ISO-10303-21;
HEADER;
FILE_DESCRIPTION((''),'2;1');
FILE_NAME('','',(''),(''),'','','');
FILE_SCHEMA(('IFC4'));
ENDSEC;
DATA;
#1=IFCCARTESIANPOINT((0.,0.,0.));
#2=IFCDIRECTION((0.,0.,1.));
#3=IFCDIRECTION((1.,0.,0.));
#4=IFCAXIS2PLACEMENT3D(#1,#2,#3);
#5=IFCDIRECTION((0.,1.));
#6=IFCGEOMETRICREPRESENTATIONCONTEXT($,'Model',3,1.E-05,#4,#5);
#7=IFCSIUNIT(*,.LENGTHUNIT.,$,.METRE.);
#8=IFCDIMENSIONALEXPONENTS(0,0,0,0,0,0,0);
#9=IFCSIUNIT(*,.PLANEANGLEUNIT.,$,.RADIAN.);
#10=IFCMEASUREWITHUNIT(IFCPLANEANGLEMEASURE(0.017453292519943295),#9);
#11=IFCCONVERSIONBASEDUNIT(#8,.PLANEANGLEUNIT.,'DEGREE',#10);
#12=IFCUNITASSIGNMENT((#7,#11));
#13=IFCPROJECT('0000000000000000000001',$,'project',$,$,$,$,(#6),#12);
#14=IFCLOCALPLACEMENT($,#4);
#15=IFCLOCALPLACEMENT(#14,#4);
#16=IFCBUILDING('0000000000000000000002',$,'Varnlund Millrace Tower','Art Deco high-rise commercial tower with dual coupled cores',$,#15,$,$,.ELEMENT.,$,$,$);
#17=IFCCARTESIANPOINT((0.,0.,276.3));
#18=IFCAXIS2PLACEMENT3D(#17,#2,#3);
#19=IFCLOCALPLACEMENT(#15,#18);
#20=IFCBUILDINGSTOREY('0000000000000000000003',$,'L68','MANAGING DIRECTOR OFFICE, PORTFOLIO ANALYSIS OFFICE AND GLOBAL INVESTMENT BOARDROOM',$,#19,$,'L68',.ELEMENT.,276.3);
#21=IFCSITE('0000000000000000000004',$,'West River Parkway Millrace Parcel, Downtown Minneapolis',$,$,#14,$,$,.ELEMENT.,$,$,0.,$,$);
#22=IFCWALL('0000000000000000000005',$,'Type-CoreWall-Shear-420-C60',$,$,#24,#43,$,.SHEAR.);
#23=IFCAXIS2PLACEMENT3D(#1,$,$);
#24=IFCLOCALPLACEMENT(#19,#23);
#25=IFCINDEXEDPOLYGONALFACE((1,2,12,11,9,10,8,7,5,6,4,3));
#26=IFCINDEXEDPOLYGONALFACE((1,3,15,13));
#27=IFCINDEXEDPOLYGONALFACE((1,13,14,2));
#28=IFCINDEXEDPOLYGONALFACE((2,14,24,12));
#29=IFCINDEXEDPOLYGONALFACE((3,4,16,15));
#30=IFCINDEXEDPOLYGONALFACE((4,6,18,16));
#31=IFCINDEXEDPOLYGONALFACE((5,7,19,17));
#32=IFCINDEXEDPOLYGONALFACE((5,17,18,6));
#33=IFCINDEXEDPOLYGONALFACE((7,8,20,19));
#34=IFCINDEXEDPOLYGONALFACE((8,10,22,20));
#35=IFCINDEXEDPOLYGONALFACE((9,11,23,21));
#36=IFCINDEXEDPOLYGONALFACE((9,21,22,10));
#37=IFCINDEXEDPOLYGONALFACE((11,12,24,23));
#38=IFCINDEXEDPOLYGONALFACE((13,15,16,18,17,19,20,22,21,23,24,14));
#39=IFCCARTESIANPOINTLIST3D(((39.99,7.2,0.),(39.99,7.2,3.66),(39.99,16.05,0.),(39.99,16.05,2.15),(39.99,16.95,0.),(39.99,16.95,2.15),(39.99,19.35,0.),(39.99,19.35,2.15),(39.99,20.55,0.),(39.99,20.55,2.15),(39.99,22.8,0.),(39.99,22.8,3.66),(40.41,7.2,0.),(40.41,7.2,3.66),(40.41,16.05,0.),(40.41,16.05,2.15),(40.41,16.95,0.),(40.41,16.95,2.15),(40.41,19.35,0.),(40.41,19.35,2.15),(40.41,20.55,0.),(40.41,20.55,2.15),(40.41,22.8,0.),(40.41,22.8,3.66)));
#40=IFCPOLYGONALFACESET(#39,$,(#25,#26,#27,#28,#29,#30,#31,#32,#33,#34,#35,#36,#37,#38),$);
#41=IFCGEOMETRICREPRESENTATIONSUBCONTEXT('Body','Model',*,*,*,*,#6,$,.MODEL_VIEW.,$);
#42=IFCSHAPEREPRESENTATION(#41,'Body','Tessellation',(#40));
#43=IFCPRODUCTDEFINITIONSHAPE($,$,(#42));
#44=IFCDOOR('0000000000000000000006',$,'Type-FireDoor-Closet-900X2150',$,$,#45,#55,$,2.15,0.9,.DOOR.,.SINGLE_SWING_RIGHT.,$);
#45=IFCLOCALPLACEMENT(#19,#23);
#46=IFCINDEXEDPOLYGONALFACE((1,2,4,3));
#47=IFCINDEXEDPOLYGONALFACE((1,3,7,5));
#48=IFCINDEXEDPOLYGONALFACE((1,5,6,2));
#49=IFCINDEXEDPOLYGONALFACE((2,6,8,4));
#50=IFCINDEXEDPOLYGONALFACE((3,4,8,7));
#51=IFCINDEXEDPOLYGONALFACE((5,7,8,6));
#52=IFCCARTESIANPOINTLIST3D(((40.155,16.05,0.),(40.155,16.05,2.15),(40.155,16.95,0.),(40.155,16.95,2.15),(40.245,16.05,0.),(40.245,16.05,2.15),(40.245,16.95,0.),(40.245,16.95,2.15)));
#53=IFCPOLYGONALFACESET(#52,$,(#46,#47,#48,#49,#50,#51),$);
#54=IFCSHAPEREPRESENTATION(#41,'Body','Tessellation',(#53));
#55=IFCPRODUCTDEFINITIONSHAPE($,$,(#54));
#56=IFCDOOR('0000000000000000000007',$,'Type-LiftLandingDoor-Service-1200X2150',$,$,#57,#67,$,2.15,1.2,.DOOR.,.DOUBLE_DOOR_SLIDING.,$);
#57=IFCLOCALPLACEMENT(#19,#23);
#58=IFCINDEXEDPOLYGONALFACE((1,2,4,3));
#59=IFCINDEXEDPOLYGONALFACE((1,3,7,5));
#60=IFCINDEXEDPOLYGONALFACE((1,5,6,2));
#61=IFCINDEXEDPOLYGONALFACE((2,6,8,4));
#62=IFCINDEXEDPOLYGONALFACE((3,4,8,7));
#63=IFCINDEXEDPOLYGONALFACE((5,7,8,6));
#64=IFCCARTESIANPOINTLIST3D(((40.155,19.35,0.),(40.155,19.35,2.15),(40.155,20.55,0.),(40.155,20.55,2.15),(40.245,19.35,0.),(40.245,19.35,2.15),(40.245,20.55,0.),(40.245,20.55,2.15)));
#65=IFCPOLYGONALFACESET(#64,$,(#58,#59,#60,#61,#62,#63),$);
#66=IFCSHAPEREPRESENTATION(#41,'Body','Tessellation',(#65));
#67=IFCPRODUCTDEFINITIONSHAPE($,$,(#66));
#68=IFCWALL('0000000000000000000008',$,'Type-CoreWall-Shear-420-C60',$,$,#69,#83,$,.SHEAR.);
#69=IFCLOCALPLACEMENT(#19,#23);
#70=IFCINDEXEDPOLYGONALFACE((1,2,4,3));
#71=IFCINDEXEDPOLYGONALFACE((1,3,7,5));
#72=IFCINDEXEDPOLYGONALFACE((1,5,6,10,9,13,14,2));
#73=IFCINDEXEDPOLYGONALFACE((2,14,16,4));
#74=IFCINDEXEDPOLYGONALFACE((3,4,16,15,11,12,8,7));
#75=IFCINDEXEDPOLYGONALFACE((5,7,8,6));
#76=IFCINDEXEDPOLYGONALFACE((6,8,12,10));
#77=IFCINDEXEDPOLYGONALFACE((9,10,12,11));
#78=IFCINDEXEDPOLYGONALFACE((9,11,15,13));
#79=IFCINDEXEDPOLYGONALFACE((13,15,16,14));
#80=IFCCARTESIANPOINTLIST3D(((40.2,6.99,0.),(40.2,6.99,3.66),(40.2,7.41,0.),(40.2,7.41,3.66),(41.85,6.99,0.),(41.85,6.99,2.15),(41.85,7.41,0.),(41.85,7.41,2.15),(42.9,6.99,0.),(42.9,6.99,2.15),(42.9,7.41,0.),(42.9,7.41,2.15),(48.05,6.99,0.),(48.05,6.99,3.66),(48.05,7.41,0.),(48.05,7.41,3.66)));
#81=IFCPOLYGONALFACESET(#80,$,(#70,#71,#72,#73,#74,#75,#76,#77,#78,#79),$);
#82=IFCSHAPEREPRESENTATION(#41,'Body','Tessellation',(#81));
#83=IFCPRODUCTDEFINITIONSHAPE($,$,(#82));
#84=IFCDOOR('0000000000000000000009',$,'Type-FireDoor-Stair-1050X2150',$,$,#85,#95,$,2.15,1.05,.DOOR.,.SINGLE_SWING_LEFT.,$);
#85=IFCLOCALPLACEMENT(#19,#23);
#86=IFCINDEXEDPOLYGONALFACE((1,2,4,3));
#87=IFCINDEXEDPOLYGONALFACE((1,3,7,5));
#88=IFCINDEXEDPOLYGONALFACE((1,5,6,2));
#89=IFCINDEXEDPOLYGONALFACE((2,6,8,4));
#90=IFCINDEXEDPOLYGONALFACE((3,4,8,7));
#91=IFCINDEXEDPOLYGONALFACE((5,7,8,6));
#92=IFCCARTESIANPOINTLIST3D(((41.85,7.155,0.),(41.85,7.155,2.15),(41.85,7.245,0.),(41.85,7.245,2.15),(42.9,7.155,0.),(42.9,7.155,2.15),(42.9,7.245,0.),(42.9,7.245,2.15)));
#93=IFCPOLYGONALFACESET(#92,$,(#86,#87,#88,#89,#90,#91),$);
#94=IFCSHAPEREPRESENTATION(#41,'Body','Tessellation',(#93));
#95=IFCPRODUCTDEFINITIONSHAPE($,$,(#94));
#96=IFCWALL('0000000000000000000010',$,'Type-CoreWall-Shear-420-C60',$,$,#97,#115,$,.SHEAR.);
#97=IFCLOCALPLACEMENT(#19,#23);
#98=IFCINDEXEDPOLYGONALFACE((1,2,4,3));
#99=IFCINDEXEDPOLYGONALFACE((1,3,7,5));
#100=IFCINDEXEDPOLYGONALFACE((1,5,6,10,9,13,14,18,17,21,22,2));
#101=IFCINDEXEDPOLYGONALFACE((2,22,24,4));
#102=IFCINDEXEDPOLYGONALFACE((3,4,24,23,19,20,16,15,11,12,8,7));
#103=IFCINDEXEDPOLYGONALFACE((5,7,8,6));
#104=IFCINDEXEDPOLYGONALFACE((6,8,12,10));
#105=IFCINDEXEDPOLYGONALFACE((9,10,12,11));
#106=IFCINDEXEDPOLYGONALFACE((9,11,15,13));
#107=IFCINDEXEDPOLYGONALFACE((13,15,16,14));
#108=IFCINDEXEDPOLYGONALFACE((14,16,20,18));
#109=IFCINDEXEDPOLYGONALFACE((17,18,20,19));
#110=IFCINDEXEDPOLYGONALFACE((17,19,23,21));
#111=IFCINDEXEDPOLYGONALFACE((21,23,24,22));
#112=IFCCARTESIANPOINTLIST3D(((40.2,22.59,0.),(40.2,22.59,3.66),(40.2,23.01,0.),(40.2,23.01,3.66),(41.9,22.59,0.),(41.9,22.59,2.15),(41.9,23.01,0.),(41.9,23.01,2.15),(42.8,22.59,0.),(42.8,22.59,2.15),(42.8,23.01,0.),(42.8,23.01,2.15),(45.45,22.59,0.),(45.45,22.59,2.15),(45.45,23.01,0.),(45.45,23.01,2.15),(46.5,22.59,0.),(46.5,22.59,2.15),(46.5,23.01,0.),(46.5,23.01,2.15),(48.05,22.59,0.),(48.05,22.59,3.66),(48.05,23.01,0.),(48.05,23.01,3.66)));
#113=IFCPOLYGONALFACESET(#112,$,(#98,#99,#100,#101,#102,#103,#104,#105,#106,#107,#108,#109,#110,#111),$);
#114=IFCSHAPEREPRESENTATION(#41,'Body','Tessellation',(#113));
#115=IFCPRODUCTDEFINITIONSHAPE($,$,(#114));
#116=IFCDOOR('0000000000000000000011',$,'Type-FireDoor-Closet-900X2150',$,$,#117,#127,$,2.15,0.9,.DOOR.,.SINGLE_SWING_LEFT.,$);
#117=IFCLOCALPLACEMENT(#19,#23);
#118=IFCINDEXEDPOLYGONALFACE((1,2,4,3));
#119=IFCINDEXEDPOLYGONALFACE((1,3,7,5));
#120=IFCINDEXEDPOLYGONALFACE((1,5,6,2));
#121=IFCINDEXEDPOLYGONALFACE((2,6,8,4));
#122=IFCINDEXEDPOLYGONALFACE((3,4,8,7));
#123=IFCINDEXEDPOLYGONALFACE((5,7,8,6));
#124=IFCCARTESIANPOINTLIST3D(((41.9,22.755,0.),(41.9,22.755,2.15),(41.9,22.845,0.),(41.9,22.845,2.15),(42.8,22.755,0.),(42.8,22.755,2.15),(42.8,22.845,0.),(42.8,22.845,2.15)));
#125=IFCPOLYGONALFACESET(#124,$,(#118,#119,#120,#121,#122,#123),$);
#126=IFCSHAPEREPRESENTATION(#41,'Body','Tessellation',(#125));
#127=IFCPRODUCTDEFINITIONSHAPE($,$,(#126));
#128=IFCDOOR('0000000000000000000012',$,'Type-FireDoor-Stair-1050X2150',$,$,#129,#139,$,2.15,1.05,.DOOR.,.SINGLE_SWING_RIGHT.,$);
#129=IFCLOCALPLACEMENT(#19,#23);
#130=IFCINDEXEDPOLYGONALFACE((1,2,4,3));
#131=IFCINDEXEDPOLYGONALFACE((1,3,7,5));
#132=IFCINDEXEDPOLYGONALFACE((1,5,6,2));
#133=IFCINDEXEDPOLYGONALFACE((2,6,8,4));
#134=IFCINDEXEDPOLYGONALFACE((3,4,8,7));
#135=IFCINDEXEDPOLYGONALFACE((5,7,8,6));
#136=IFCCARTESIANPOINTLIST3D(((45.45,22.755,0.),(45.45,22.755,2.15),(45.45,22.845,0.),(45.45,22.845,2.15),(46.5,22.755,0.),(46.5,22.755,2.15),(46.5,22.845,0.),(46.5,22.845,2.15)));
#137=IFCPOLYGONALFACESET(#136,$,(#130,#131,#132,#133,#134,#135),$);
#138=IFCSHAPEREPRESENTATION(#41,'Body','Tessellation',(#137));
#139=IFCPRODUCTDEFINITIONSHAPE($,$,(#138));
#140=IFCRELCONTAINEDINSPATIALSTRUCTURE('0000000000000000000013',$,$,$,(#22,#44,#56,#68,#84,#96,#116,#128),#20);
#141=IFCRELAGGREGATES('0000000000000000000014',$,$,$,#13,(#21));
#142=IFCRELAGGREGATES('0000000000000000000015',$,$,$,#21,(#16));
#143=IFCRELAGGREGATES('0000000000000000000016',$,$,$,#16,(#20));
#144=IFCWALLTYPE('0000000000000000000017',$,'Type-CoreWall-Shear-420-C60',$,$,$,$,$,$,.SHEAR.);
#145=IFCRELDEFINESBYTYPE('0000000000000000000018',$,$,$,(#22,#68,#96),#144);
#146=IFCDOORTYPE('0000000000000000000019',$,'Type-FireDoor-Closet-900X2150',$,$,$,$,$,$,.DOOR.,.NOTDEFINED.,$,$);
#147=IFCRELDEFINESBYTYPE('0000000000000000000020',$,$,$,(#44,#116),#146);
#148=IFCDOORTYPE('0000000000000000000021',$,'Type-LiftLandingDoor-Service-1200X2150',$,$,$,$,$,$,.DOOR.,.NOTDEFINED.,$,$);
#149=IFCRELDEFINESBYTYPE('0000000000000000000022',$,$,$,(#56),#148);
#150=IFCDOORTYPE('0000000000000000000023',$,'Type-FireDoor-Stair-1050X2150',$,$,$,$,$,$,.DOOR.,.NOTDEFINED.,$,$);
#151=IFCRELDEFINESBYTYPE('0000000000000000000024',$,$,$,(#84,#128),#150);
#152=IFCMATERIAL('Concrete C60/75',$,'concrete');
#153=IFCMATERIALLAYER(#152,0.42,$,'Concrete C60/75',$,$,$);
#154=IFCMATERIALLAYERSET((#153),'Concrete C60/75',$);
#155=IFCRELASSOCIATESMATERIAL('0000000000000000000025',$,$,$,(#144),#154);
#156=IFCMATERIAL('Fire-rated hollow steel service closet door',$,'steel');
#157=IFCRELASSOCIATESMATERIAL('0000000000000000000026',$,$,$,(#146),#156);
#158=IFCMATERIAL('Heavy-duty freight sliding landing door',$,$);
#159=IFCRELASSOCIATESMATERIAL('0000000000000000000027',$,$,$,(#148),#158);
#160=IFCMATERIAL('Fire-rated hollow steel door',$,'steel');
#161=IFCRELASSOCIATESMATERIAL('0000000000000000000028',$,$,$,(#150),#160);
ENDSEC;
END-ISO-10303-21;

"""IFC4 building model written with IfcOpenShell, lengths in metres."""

from ifc_helpers import new_model, entity, si_unit, converted_unit, direction, frame, origin_with_axes, origin_2d_with_axis, place, context, subcontext, project, spatial, polyline, rectangle, outline, extrude, material, layer, layer_set, type_object, element, fill, save


model = new_model("IFC4")

# Units and contexts
model_context = context("Model", 3, precision=1e-05, world=origin_with_axes(), true_north=direction((0.0, 1.0)))
body_context = subcontext(model_context, "Body", "Model", "MODEL_VIEW")
ifc_project = project(units=[si_unit("LENGTHUNIT", "METRE"), converted_unit("PLANEANGLEUNIT", "DEGREE", entity("IfcPlaneAngleMeasure", 0.017453292519943295), si_unit("PLANEANGLEUNIT", "RADIAN"), dimensions=[0, 0, 0, 0, 0, 0, 0])], contexts=[model_context])

# Site, building, storey
site_placement = place(None, origin_with_axes())
site = spatial("IfcSite", under=ifc_project, at=site_placement, Name="West River Parkway Millrace Parcel, Downtown Minneapolis", CompositionType="ELEMENT", RefElevation=0.0)
building_placement = place(site_placement, origin_with_axes())
building = spatial("IfcBuilding", under=site, at=building_placement, Name="Varnlund Millrace Tower", Description="Art Deco high-rise commercial tower with dual coupled cores", CompositionType="ELEMENT")
storey_placement = place(building_placement, frame((0.0, 0.0, 276.3), z_axis=(0.0, 0.0, 1.0), x_axis=(1.0, 0.0, 0.0)))
storey = spatial("IfcBuildingStorey", under=building, at=storey_placement, Name="L68", Description="MANAGING DIRECTOR OFFICE, PORTFOLIO ANALYSIS OFFICE AND GLOBAL INVESTMENT BOARDROOM", LongName="L68", CompositionType="ELEMENT", Elevation=276.3)

# Wall, openings, doors
ifc_material_1 = material(Name="Concrete C60/75", Category="concrete")
ifc_layer_1 = layer(ifc_material_1, 0.42, Name="Concrete C60/75")
ifc_layer_set_1 = layer_set([ifc_layer_1], Name="Concrete C60/75")
wall_type_1 = type_object("IfcWallType", Name="Type-CoreWall-Shear-420-C60", PredefinedType="SHEAR", material=ifc_layer_set_1)
wall_1_placement = place(storey_placement, frame((40.2, 7.2, 0.0), z_axis=(0.0, 0.0, 1.0), x_axis=(0.0, 1.0, 0.0)))
wall_1 = element("IfcWall", 1, at=wall_1_placement, inside=storey, type_object=wall_type_1, Name="Type-CoreWall-Shear-420-C60", PredefinedType="SHEAR", context=body_context, shape_type="SweptSolid", body=[
    extrude(outline(polyline([(0.0, -0.21), (15.6, -0.21), (15.6, 0.21), (0.0, 0.21), (0.0, -0.21)])), origin_with_axes(), (0.0, 0.0, 1.0), 3.66),
])
opening_1_placement = place(wall_1_placement, frame((12.75, 0.0, 0.0), z_axis=(0.0, 0.0, 1.0), x_axis=(1.0, 0.0, 0.0)))
opening_1 = element("IfcOpeningElement", 2, at=opening_1_placement, cuts=wall_1, PredefinedType="OPENING", context=body_context, shape_type="SweptSolid", body=[
    extrude(rectangle(XDim=1.2, YDim=0.44, at=origin_2d_with_axis()), origin_with_axes(), (0.0, 0.0, 1.0), 2.15),
])
opening_2_placement = place(wall_1_placement, frame((9.3, 0.0, 0.0), z_axis=(0.0, 0.0, 1.0), x_axis=(1.0, 0.0, 0.0)))
opening_2 = element("IfcOpeningElement", 3, at=opening_2_placement, cuts=wall_1, PredefinedType="OPENING", context=body_context, shape_type="SweptSolid", body=[
    extrude(rectangle(XDim=0.9, YDim=0.44, at=origin_2d_with_axis()), origin_with_axes(), (0.0, 0.0, 1.0), 2.15),
])
ifc_material_2 = material(Name="Fire-rated hollow steel service closet door", Category="steel")
door_type_1 = type_object("IfcDoorType", Name="Type-FireDoor-Closet-900X2150", OperationType="NOTDEFINED", PredefinedType="DOOR", material=ifc_material_2)
door_1_placement = place(wall_1_placement, frame((9.3, 0.0, 0.0), z_axis=(0.0, 0.0, 1.0), x_axis=(1.0, 0.0, 0.0)))
door_1 = element("IfcDoor", 4, at=door_1_placement, inside=storey, type_object=door_type_1, Name="Type-FireDoor-Closet-900X2150", OperationType="SINGLE_SWING_RIGHT", OverallHeight=2.15, OverallWidth=0.9, PredefinedType="DOOR", context=body_context, shape_type="SweptSolid", body=[
    extrude(rectangle(XDim=0.9, YDim=0.09, at=origin_2d_with_axis()), origin_with_axes(), (0.0, 0.0, 1.0), 2.15),
])
fill(opening_2, door_1)
ifc_material_3 = material(Name="Heavy-duty freight sliding landing door")
door_type_2 = type_object("IfcDoorType", Name="Type-LiftLandingDoor-Service-1200X2150", OperationType="NOTDEFINED", PredefinedType="DOOR", material=ifc_material_3)
door_2_placement = place(wall_1_placement, frame((12.75, 0.0, 0.0), z_axis=(0.0, 0.0, 1.0), x_axis=(1.0, 0.0, 0.0)))
door_2 = element("IfcDoor", 5, at=door_2_placement, inside=storey, type_object=door_type_2, Name="Type-LiftLandingDoor-Service-1200X2150", OperationType="DOUBLE_DOOR_SLIDING", OverallHeight=2.15, OverallWidth=1.2, PredefinedType="DOOR", context=body_context, shape_type="SweptSolid", body=[
    extrude(rectangle(XDim=1.2, YDim=0.09, at=origin_2d_with_axis()), origin_with_axes(), (0.0, 0.0, 1.0), 2.15),
])
fill(opening_1, door_2)

# Wall, opening, door
wall_2_placement = place(storey_placement, frame((40.2, 7.2, 0.0), z_axis=(0.0, 0.0, 1.0), x_axis=(1.0, 0.0, 0.0)))
wall_2 = element("IfcWall", 6, at=wall_2_placement, inside=storey, type_object=wall_type_1, Name="Type-CoreWall-Shear-420-C60", PredefinedType="SHEAR", context=body_context, shape_type="SweptSolid", body=[
    extrude(outline(polyline([(0.0, -0.21), (7.85, -0.21), (7.85, 0.21), (0.0, 0.21), (0.0, -0.21)])), origin_with_axes(), (0.0, 0.0, 1.0), 3.66),
])
opening_3_placement = place(wall_2_placement, frame((2.175, 0.0, 0.0), z_axis=(0.0, 0.0, 1.0), x_axis=(1.0, 0.0, 0.0)))
opening_3 = element("IfcOpeningElement", 7, at=opening_3_placement, cuts=wall_2, PredefinedType="OPENING", context=body_context, shape_type="SweptSolid", body=[
    extrude(rectangle(XDim=1.05, YDim=0.44, at=origin_2d_with_axis()), origin_with_axes(), (0.0, 0.0, 1.0), 2.15),
])
ifc_material_4 = material(Name="Fire-rated hollow steel door", Category="steel")
door_type_3 = type_object("IfcDoorType", Name="Type-FireDoor-Stair-1050X2150", OperationType="NOTDEFINED", PredefinedType="DOOR", material=ifc_material_4)
door_3_placement = place(wall_2_placement, frame((2.175, 0.0, 0.0), z_axis=(0.0, 0.0, 1.0), x_axis=(1.0, 0.0, 0.0)))
door_3 = element("IfcDoor", 8, at=door_3_placement, inside=storey, type_object=door_type_3, Name="Type-FireDoor-Stair-1050X2150", OperationType="SINGLE_SWING_LEFT", OverallHeight=2.15, OverallWidth=1.05, PredefinedType="DOOR", context=body_context, shape_type="SweptSolid", body=[
    extrude(rectangle(XDim=1.05, YDim=0.09, at=origin_2d_with_axis()), origin_with_axes(), (0.0, 0.0, 1.0), 2.15),
])
fill(opening_3, door_3)

# Wall, openings, doors
wall_3_placement = place(storey_placement, frame((40.2, 22.8, 0.0), z_axis=(0.0, 0.0, 1.0), x_axis=(1.0, 0.0, 0.0)))
wall_3 = element("IfcWall", 9, at=wall_3_placement, inside=storey, type_object=wall_type_1, Name="Type-CoreWall-Shear-420-C60", PredefinedType="SHEAR", context=body_context, shape_type="SweptSolid", body=[
    extrude(outline(polyline([(0.0, -0.21), (7.85, -0.21), (7.85, 0.21), (0.0, 0.21), (0.0, -0.21)])), origin_with_axes(), (0.0, 0.0, 1.0), 3.66),
])
opening_4_placement = place(wall_3_placement, frame((5.775, 0.0, 0.0), z_axis=(0.0, 0.0, 1.0), x_axis=(1.0, 0.0, 0.0)))
opening_4 = element("IfcOpeningElement", 10, at=opening_4_placement, cuts=wall_3, PredefinedType="OPENING", context=body_context, shape_type="SweptSolid", body=[
    extrude(rectangle(XDim=1.05, YDim=0.44, at=origin_2d_with_axis()), origin_with_axes(), (0.0, 0.0, 1.0), 2.15),
])
opening_5_placement = place(wall_3_placement, frame((2.15, 0.0, 0.0), z_axis=(0.0, 0.0, 1.0), x_axis=(1.0, 0.0, 0.0)))
opening_5 = element("IfcOpeningElement", 11, at=opening_5_placement, cuts=wall_3, PredefinedType="OPENING", context=body_context, shape_type="SweptSolid", body=[
    extrude(rectangle(XDim=0.9, YDim=0.44, at=origin_2d_with_axis()), origin_with_axes(), (0.0, 0.0, 1.0), 2.15),
])
door_4_placement = place(wall_3_placement, frame((2.15, 0.0, 0.0), z_axis=(0.0, 0.0, 1.0), x_axis=(1.0, 0.0, 0.0)))
door_4 = element("IfcDoor", 12, at=door_4_placement, inside=storey, type_object=door_type_1, Name="Type-FireDoor-Closet-900X2150", OperationType="SINGLE_SWING_LEFT", OverallHeight=2.15, OverallWidth=0.9, PredefinedType="DOOR", context=body_context, shape_type="SweptSolid", body=[
    extrude(rectangle(XDim=0.9, YDim=0.09, at=origin_2d_with_axis()), origin_with_axes(), (0.0, 0.0, 1.0), 2.15),
])
fill(opening_5, door_4)
door_5_placement = place(wall_3_placement, frame((5.775, 0.0, 0.0), z_axis=(0.0, 0.0, 1.0), x_axis=(1.0, 0.0, 0.0)))
door_5 = element("IfcDoor", 13, at=door_5_placement, inside=storey, type_object=door_type_3, Name="Type-FireDoor-Stair-1050X2150", OperationType="SINGLE_SWING_RIGHT", OverallHeight=2.15, OverallWidth=1.05, PredefinedType="DOOR", context=body_context, shape_type="SweptSolid", body=[
    extrude(rectangle(XDim=1.05, YDim=0.09, at=origin_2d_with_axis()), origin_with_axes(), (0.0, 0.0, 1.0), 2.15),
])
fill(opening_4, door_5)

save(model, "model.ifc")
